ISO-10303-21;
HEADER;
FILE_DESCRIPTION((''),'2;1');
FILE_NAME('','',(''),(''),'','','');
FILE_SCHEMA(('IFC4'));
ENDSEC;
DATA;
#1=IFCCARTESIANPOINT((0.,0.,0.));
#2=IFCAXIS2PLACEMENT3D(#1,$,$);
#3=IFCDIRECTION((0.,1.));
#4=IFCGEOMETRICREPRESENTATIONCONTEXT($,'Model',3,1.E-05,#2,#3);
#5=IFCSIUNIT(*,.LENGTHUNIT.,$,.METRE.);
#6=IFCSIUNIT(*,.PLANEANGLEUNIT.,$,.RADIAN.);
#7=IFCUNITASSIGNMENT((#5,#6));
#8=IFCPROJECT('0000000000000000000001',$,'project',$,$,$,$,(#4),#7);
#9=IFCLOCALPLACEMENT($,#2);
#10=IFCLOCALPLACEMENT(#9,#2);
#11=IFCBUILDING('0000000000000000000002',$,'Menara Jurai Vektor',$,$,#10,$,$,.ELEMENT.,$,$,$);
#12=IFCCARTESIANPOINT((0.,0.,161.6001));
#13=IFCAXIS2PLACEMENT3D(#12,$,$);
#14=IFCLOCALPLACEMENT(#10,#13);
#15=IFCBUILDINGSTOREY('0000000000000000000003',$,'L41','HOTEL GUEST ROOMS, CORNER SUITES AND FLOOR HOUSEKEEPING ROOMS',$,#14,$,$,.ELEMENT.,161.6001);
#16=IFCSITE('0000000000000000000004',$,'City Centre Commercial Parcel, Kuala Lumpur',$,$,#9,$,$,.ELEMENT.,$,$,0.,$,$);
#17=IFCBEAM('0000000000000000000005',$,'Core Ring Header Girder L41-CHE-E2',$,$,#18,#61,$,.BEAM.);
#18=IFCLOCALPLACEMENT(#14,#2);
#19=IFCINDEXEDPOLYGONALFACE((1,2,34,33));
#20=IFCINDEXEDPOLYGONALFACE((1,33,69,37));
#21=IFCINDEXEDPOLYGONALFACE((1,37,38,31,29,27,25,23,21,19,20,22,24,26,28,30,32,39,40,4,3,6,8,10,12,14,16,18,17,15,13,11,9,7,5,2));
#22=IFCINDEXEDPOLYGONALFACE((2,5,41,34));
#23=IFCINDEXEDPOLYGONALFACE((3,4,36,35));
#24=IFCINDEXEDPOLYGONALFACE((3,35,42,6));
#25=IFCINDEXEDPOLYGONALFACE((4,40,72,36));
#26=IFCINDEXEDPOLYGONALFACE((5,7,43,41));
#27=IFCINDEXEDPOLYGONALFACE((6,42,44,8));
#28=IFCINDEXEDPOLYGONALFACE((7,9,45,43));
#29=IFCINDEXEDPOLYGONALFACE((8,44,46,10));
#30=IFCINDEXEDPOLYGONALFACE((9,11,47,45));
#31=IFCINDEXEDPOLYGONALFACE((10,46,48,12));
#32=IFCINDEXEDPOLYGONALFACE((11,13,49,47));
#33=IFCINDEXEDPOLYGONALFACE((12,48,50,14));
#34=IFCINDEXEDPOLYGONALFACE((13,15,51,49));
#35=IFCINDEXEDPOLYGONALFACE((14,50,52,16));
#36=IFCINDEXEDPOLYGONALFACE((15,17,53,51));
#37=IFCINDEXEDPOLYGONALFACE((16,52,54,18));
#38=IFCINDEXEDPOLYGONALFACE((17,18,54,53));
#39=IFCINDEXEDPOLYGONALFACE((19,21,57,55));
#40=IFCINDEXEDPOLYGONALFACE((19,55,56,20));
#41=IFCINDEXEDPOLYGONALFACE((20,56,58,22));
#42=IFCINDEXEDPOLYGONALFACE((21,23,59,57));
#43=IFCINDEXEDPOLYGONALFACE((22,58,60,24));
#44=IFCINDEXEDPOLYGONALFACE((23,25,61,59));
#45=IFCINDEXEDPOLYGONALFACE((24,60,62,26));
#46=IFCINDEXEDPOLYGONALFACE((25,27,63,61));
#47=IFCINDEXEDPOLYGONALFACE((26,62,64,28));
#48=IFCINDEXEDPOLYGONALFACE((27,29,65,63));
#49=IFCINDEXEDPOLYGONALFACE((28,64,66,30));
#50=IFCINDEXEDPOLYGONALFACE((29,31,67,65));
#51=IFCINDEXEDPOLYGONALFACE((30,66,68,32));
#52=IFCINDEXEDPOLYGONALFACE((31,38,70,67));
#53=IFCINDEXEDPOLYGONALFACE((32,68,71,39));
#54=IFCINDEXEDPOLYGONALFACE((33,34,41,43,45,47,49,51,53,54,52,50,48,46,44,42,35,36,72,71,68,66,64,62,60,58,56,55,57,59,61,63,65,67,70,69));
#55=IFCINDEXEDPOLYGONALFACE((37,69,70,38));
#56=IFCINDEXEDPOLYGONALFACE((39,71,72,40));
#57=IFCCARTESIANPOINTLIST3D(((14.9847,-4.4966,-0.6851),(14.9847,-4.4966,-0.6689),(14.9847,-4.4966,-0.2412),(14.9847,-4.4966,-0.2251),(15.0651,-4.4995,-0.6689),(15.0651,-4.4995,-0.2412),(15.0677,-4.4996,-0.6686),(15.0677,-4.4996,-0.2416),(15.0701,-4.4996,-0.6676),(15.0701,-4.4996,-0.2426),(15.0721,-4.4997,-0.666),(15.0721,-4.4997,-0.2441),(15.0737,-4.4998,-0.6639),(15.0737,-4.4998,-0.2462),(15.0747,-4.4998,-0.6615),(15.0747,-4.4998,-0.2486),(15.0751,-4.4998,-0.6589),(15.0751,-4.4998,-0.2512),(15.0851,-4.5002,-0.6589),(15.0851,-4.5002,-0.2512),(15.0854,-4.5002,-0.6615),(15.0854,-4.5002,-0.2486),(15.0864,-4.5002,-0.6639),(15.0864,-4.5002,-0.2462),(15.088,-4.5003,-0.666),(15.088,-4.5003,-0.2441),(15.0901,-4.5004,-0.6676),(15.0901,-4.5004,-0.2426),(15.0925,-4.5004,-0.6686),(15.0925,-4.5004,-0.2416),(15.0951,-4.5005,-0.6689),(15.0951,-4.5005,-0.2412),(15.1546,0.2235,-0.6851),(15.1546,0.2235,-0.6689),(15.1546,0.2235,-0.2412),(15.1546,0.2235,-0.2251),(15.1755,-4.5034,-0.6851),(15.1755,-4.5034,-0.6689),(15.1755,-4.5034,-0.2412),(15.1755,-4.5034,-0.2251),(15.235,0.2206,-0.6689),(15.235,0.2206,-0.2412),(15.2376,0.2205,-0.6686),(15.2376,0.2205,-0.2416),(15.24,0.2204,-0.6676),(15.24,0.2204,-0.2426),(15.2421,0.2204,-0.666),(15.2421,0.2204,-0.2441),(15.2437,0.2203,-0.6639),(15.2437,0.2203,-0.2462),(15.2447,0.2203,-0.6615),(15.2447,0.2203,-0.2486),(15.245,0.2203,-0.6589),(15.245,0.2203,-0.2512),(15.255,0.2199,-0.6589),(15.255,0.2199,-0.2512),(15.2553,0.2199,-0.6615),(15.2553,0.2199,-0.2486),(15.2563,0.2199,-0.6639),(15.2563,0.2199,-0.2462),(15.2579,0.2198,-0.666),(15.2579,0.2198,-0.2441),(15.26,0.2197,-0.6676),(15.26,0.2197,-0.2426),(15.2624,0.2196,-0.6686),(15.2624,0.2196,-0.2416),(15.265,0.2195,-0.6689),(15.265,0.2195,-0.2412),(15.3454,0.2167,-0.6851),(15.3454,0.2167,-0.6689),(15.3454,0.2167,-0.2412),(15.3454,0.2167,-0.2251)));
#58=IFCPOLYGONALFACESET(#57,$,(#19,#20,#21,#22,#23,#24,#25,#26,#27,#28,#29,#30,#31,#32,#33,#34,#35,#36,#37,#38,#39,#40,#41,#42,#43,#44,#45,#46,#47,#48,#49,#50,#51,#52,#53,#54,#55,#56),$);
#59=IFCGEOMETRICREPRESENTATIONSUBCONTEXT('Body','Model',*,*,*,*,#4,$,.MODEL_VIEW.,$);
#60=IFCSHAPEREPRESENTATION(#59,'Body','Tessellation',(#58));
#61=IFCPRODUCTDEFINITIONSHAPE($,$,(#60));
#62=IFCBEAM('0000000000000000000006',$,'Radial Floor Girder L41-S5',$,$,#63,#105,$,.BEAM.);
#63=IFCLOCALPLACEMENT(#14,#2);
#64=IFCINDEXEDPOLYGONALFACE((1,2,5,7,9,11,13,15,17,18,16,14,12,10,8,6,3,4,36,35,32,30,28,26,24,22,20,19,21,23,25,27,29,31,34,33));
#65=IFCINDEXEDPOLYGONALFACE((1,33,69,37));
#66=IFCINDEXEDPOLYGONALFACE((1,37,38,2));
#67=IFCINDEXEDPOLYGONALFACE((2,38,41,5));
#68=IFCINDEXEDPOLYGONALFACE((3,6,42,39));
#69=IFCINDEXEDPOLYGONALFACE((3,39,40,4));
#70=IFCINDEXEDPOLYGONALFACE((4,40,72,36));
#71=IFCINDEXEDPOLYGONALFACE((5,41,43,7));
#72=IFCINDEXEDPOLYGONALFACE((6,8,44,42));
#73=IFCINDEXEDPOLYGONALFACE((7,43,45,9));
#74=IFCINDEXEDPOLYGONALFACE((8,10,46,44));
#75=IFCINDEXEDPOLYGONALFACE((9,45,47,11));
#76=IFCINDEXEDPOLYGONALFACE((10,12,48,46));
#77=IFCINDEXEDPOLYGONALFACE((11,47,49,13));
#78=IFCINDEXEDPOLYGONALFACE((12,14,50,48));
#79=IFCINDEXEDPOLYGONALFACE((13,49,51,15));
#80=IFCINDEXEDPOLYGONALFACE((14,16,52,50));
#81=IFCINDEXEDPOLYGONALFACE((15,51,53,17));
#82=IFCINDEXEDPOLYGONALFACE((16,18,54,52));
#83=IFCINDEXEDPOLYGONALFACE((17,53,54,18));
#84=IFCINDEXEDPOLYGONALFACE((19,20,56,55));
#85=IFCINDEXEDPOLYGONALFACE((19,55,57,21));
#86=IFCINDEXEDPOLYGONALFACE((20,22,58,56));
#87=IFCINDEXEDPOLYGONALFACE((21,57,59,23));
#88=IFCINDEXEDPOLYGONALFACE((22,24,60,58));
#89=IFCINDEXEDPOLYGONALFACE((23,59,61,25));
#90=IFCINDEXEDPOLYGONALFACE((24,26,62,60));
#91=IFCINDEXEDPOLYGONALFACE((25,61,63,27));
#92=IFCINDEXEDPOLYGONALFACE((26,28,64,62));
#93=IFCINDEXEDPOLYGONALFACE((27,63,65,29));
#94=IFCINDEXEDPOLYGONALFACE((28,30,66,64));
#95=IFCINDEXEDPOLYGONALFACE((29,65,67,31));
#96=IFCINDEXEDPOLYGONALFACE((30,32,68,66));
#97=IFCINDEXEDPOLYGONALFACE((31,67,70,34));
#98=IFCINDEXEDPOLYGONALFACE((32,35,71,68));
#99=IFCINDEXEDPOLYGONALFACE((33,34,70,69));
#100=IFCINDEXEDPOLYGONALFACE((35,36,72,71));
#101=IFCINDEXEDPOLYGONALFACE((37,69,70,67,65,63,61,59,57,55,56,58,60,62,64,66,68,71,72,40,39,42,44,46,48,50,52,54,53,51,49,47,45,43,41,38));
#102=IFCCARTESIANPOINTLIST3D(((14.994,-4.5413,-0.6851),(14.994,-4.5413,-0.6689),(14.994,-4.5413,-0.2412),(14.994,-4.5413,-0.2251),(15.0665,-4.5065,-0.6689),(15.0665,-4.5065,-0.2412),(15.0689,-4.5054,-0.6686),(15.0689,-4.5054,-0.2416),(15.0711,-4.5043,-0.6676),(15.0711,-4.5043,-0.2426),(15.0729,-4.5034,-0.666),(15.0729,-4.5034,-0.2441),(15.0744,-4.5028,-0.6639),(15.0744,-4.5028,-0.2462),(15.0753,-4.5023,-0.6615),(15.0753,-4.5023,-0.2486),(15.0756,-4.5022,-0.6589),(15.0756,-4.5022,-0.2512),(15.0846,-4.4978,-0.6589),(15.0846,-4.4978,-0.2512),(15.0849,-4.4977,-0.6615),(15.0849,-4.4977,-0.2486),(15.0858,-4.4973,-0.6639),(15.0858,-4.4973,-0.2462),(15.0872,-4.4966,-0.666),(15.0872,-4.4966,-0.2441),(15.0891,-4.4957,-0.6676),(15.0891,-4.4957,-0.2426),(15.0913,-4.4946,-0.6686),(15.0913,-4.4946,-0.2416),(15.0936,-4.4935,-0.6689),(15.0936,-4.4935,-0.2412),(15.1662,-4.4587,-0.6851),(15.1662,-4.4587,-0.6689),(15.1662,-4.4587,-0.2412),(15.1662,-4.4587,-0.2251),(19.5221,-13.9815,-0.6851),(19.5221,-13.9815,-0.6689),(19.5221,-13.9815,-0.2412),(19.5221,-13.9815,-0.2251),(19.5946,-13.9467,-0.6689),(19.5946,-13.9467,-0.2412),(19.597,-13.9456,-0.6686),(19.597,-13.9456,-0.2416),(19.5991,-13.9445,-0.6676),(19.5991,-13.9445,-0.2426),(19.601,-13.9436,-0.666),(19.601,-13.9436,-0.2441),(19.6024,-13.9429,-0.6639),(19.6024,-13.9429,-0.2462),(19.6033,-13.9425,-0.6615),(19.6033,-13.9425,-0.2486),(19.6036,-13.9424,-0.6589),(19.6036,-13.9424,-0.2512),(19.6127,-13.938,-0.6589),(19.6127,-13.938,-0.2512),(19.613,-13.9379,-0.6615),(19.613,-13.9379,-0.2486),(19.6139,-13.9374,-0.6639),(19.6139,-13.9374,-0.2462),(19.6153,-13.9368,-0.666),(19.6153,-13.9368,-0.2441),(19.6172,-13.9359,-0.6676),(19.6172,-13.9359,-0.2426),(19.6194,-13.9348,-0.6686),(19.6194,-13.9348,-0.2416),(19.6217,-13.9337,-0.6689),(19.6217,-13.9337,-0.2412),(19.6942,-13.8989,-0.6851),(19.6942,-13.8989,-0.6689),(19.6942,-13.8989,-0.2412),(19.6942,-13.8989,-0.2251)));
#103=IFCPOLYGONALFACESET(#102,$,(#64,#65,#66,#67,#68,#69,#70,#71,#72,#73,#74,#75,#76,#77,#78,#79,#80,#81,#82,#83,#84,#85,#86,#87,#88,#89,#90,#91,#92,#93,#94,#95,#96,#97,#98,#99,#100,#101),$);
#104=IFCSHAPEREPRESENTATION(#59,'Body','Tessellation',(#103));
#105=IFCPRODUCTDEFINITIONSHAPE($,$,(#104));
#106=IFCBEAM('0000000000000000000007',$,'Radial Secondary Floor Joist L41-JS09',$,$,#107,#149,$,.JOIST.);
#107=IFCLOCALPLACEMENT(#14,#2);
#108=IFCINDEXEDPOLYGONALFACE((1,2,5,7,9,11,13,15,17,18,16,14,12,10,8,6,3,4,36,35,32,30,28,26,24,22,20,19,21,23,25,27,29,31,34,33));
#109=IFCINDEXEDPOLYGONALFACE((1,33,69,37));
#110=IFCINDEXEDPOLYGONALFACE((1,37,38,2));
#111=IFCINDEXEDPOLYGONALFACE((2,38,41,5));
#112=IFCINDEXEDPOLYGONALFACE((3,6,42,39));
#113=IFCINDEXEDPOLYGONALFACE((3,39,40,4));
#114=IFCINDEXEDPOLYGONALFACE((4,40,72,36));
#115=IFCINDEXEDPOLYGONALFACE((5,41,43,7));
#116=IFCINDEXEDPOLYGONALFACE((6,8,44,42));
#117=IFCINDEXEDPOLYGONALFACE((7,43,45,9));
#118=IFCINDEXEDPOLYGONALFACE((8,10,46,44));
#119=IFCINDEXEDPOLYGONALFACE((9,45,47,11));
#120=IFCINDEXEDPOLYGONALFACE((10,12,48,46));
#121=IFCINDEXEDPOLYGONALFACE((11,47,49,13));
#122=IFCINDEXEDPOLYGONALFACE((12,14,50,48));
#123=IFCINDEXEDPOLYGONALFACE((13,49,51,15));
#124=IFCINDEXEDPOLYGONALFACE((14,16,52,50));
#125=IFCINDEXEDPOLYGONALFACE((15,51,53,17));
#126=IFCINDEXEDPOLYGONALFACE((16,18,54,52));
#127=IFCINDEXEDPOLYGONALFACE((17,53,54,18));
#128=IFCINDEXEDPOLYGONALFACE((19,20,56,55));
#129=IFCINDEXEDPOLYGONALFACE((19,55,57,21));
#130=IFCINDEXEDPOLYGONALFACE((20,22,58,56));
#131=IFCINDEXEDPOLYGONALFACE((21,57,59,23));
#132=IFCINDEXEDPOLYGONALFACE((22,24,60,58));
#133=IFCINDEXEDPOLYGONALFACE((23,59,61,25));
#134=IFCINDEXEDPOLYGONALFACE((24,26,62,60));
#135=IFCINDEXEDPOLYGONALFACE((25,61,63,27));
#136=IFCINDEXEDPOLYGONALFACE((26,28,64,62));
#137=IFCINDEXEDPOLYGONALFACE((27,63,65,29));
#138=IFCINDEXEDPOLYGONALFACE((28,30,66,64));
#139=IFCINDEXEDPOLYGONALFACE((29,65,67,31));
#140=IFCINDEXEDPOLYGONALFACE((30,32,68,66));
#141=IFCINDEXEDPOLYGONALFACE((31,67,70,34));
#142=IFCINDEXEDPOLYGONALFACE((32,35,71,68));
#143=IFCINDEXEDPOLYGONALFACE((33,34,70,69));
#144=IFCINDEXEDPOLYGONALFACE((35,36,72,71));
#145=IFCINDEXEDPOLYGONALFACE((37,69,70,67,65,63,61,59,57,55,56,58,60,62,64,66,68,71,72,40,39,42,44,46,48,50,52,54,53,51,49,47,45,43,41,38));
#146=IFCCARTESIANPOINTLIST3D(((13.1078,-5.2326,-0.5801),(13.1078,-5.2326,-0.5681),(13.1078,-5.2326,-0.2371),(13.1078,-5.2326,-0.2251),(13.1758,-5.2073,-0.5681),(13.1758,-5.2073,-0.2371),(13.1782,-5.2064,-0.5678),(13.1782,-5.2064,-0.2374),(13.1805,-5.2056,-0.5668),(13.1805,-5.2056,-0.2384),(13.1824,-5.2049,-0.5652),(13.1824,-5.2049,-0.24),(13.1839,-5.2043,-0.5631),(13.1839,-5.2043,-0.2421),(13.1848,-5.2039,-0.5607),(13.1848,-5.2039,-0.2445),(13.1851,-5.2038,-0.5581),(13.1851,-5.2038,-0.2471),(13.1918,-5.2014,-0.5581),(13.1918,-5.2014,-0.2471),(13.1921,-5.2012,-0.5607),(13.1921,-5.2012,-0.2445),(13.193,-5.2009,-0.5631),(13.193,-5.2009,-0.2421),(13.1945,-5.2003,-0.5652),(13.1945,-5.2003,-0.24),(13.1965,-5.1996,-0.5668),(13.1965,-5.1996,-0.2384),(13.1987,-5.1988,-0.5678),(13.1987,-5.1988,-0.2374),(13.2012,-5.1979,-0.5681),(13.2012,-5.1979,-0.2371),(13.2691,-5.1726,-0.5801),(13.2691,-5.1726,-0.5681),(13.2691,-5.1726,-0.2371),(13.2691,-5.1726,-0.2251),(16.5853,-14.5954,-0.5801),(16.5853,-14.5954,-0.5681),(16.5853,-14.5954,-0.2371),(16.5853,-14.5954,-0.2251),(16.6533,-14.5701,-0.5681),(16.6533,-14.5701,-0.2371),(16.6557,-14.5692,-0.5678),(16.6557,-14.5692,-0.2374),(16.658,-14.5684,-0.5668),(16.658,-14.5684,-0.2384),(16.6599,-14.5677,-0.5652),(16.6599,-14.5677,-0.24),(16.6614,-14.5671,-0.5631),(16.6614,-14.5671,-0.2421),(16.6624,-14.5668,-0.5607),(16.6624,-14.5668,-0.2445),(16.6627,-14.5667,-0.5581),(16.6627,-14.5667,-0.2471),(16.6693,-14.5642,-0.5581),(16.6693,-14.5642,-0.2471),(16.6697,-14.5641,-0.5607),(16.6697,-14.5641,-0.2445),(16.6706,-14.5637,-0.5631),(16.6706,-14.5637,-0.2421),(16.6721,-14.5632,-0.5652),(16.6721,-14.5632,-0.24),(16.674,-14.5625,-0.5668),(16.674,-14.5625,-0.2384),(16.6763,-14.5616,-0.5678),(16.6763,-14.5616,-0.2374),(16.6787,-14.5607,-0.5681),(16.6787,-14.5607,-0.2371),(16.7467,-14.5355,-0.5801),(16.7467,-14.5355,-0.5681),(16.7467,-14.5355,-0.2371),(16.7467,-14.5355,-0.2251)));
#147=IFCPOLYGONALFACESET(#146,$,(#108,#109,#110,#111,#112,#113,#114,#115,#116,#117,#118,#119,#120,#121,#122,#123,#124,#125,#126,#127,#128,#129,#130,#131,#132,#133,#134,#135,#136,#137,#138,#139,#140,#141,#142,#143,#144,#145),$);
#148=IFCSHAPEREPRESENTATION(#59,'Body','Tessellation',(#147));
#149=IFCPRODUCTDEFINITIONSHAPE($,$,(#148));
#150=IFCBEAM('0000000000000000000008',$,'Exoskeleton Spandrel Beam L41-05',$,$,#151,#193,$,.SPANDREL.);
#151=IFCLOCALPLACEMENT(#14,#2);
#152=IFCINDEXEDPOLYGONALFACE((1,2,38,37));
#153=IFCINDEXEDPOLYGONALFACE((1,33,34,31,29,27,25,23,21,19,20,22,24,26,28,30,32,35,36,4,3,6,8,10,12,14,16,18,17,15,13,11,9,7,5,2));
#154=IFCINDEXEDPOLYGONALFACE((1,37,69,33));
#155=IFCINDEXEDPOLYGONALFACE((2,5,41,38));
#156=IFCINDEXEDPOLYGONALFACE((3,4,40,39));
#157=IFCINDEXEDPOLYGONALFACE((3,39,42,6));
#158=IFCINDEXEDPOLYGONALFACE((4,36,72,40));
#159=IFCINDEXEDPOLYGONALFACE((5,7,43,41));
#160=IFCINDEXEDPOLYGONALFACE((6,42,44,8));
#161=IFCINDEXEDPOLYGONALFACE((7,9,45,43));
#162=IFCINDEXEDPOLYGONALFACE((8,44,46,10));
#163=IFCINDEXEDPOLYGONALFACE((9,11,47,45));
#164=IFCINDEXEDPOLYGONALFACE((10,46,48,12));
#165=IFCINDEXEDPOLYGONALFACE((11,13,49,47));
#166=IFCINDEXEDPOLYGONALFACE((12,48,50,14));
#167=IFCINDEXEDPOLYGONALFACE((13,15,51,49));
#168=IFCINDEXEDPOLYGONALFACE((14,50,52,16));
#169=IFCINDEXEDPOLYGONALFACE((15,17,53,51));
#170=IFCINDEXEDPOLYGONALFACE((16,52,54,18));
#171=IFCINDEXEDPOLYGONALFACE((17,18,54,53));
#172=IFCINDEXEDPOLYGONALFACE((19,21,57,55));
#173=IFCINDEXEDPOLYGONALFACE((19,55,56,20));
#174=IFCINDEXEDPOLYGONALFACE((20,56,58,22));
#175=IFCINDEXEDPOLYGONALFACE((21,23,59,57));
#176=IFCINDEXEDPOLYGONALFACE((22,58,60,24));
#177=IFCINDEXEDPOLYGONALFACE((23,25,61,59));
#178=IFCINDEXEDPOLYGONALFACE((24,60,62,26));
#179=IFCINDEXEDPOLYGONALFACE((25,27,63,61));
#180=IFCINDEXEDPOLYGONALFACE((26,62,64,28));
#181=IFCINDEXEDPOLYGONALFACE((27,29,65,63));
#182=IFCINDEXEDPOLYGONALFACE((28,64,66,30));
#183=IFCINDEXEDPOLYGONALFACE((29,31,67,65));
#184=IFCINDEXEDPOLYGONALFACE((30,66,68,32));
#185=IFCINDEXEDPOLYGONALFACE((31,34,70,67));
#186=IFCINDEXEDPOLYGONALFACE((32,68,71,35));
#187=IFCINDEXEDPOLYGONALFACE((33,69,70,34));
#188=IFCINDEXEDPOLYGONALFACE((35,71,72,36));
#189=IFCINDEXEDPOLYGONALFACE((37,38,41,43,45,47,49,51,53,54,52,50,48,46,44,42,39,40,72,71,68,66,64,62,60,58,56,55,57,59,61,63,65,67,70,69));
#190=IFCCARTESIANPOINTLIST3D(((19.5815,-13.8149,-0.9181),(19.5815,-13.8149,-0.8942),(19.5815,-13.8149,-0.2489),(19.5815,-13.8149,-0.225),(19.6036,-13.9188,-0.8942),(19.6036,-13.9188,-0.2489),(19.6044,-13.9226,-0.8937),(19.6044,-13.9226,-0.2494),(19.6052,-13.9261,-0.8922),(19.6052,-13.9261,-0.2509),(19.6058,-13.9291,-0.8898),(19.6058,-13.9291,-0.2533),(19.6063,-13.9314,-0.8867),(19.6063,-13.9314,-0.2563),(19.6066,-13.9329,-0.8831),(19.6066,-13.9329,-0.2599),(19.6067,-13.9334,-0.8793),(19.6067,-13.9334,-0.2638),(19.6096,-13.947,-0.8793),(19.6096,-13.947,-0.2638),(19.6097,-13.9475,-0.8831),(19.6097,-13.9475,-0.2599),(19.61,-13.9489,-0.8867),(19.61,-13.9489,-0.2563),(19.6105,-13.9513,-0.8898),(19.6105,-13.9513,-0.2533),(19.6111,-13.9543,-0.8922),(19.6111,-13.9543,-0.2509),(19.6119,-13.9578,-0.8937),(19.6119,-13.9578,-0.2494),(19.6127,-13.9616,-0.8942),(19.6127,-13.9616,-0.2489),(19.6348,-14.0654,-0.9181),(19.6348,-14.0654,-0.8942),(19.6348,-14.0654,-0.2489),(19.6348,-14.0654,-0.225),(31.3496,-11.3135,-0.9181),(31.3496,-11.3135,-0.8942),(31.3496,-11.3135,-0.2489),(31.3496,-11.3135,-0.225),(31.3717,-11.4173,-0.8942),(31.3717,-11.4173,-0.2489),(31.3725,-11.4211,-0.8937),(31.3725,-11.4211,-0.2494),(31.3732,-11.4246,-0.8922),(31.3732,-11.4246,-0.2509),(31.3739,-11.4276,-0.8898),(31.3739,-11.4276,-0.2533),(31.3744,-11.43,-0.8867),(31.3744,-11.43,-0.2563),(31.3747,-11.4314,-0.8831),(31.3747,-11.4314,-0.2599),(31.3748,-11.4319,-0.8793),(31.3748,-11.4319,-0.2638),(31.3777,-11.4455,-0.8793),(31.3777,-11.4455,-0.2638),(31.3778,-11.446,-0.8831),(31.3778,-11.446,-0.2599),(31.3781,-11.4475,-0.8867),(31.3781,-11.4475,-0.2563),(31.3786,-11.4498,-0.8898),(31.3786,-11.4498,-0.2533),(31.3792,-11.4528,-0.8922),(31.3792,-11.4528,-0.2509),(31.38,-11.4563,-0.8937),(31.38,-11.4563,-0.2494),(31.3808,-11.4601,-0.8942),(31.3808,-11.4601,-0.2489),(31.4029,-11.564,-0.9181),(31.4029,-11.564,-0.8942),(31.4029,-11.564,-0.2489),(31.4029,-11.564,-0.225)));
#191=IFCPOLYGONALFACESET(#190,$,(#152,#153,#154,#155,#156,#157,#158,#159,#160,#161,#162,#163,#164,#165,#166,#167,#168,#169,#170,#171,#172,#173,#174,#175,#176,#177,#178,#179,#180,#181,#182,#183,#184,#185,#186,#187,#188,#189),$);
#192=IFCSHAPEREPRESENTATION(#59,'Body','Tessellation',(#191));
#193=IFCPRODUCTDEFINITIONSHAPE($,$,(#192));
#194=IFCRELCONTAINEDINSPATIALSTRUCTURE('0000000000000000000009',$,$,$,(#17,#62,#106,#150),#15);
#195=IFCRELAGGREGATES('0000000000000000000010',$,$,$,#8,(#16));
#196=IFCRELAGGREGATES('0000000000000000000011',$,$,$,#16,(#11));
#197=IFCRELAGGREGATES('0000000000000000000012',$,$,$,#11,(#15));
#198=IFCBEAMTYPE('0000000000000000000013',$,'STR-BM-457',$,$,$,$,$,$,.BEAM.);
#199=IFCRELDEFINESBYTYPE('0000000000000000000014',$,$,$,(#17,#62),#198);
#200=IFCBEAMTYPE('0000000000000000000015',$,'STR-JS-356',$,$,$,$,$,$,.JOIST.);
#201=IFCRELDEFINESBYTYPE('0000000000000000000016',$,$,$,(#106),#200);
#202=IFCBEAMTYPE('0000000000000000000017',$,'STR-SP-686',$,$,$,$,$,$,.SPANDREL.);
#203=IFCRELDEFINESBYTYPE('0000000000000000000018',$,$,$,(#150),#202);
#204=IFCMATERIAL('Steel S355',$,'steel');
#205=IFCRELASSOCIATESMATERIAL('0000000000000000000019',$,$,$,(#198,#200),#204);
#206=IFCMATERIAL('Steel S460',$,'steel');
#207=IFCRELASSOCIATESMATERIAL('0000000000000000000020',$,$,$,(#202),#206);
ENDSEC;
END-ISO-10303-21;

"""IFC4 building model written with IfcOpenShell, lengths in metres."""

from ifc_helpers import new_model, si_unit, direction, frame, origin, origin_2d, place, context, subcontext, project, spatial, i_section, extrude, material, material_profile, profile_set, type_object, element, save


model = new_model("IFC4")

# Units and contexts
model_context = context("Model", 3, precision=1e-05, world=origin(), true_north=direction((0.0, 1.0)))
body_context = subcontext(model_context, "Body", "Model", "MODEL_VIEW")
ifc_project = project(units=[si_unit("LENGTHUNIT", "METRE"), si_unit("PLANEANGLEUNIT", "RADIAN")], contexts=[model_context])

# Site, building, storey
site_placement = place(None, origin())
site = spatial("IfcSite", under=ifc_project, at=site_placement, Name="City Centre Commercial Parcel, Kuala Lumpur", CompositionType="ELEMENT", RefElevation=0.0)
building_placement = place(site_placement, origin())
building = spatial("IfcBuilding", under=site, at=building_placement, Name="Menara Jurai Vektor", CompositionType="ELEMENT")
storey_placement = place(building_placement, frame((0.0, 0.0, 161.6001)))
storey = spatial("IfcBuildingStorey", under=building, at=storey_placement, Name="L41", Description="HOTEL GUEST ROOMS, CORNER SUITES AND FLOOR HOUSEKEEPING ROOMS", CompositionType="ELEMENT", Elevation=161.6001)

# Shared definitions
ifc_material_1 = material(Name="Steel S460", Category="steel")

# Beams
ifc_material_2 = material(Name="Steel S355", Category="steel")
ifc_material_profile_1 = material_profile(ifc_material_2, i_section(OverallWidth=0.1909, OverallDepth=0.46, WebThickness=0.01, FlangeThickness=0.0161, FilletRadius=0.01, at=origin_2d()), Name="UKB 457x191x82")
ifc_profile_set_1 = profile_set([ifc_material_profile_1], Name="Steel S355")
beam_type_1 = type_object("IfcBeamType", Name="STR-BM-457", PredefinedType="BEAM", material=ifc_profile_set_1)
beam_1_placement = place(storey_placement, frame((15.0801, -4.5, -0.4551), z_axis=(0.035977, 0.999353, 0.0), x_axis=(-0.999353, 0.035977, 0.0)))
element("IfcBeam", 1, at=beam_1_placement, inside=storey, type_object=beam_type_1, Name="Core Ring Header Girder L41-CHE-E2", PredefinedType="BEAM", context=body_context, shape_type="SweptSolid", body=[
    extrude(i_section(OverallWidth=0.1909, OverallDepth=0.46, WebThickness=0.01, FlangeThickness=0.0161, FilletRadius=0.01, at=origin_2d()), origin(), (0.0, 0.0, 1.0), 4.7231),
])
beam_2_placement = place(storey_placement, frame((19.6082, -13.9402, -0.4551), z_axis=(-0.432482, 0.901643, 0.0), x_axis=(-0.901643, -0.432482, 0.0)))
element("IfcBeam", 2, at=beam_2_placement, inside=storey, type_object=beam_type_1, Name="Radial Floor Girder L41-S5", PredefinedType="BEAM", context=body_context, shape_type="SweptSolid", body=[
    extrude(i_section(OverallWidth=0.1909, OverallDepth=0.46, WebThickness=0.01, FlangeThickness=0.0161, FilletRadius=0.01, at=origin_2d()), origin(), (0.0, 0.0, 1.0), 10.47),
])
ifc_material_profile_2 = material_profile(ifc_material_2, i_section(OverallWidth=0.1721, OverallDepth=0.355, WebThickness=0.0071, FlangeThickness=0.012, FilletRadius=0.01, at=origin_2d()), Name="UKB 356x171x51")
ifc_profile_set_2 = profile_set([ifc_material_profile_2], Name="Steel S355")
beam_type_2 = type_object("IfcBeamType", Name="STR-JS-356", PredefinedType="JOIST", material=ifc_profile_set_2)
beam_3_placement = place(storey_placement, frame((16.666, -14.5654, -0.4026), z_axis=(-0.34818, 0.937428, 0.0), x_axis=(-0.937428, -0.34818, 0.0)))
element("IfcBeam", 3, at=beam_3_placement, inside=storey, type_object=beam_type_2, Name="Radial Secondary Floor Joist L41-JS09", PredefinedType="JOIST", context=body_context, shape_type="SweptSolid", body=[
    extrude(i_section(OverallWidth=0.1721, OverallDepth=0.355, WebThickness=0.0071, FlangeThickness=0.012, FilletRadius=0.01, at=origin_2d()), origin(), (0.0, 0.0, 1.0), 9.9878),
])
ifc_material_profile_3 = material_profile(ifc_material_1, i_section(OverallWidth=0.2561, OverallDepth=0.6931, WebThickness=0.0139, FlangeThickness=0.0239, FilletRadius=0.0149, at=origin_2d()), Name="UKB 686x254x170")
ifc_profile_set_3 = profile_set([ifc_material_profile_3], Name="Steel S460")
beam_type_3 = type_object("IfcBeamType", Name="STR-SP-686", PredefinedType="SPANDREL", material=ifc_profile_set_3)
beam_4_placement = place(storey_placement, frame((19.6082, -13.9402, -0.5715), z_axis=(0.978146, 0.207918, 0.0), x_axis=(-0.207918, 0.978146, 0.0)))
element("IfcBeam", 4, at=beam_4_placement, inside=storey, type_object=beam_type_3, Name="Exoskeleton Spandrel Beam L41-05", PredefinedType="SPANDREL", context=body_context, shape_type="SweptSolid", body=[
    extrude(i_section(OverallWidth=0.2561, OverallDepth=0.6931, WebThickness=0.0139, FlangeThickness=0.0239, FilletRadius=0.0149, at=origin_2d()), origin(), (0.0, 0.0, 1.0), 12.031),
])

save(model, "model.ifc")
